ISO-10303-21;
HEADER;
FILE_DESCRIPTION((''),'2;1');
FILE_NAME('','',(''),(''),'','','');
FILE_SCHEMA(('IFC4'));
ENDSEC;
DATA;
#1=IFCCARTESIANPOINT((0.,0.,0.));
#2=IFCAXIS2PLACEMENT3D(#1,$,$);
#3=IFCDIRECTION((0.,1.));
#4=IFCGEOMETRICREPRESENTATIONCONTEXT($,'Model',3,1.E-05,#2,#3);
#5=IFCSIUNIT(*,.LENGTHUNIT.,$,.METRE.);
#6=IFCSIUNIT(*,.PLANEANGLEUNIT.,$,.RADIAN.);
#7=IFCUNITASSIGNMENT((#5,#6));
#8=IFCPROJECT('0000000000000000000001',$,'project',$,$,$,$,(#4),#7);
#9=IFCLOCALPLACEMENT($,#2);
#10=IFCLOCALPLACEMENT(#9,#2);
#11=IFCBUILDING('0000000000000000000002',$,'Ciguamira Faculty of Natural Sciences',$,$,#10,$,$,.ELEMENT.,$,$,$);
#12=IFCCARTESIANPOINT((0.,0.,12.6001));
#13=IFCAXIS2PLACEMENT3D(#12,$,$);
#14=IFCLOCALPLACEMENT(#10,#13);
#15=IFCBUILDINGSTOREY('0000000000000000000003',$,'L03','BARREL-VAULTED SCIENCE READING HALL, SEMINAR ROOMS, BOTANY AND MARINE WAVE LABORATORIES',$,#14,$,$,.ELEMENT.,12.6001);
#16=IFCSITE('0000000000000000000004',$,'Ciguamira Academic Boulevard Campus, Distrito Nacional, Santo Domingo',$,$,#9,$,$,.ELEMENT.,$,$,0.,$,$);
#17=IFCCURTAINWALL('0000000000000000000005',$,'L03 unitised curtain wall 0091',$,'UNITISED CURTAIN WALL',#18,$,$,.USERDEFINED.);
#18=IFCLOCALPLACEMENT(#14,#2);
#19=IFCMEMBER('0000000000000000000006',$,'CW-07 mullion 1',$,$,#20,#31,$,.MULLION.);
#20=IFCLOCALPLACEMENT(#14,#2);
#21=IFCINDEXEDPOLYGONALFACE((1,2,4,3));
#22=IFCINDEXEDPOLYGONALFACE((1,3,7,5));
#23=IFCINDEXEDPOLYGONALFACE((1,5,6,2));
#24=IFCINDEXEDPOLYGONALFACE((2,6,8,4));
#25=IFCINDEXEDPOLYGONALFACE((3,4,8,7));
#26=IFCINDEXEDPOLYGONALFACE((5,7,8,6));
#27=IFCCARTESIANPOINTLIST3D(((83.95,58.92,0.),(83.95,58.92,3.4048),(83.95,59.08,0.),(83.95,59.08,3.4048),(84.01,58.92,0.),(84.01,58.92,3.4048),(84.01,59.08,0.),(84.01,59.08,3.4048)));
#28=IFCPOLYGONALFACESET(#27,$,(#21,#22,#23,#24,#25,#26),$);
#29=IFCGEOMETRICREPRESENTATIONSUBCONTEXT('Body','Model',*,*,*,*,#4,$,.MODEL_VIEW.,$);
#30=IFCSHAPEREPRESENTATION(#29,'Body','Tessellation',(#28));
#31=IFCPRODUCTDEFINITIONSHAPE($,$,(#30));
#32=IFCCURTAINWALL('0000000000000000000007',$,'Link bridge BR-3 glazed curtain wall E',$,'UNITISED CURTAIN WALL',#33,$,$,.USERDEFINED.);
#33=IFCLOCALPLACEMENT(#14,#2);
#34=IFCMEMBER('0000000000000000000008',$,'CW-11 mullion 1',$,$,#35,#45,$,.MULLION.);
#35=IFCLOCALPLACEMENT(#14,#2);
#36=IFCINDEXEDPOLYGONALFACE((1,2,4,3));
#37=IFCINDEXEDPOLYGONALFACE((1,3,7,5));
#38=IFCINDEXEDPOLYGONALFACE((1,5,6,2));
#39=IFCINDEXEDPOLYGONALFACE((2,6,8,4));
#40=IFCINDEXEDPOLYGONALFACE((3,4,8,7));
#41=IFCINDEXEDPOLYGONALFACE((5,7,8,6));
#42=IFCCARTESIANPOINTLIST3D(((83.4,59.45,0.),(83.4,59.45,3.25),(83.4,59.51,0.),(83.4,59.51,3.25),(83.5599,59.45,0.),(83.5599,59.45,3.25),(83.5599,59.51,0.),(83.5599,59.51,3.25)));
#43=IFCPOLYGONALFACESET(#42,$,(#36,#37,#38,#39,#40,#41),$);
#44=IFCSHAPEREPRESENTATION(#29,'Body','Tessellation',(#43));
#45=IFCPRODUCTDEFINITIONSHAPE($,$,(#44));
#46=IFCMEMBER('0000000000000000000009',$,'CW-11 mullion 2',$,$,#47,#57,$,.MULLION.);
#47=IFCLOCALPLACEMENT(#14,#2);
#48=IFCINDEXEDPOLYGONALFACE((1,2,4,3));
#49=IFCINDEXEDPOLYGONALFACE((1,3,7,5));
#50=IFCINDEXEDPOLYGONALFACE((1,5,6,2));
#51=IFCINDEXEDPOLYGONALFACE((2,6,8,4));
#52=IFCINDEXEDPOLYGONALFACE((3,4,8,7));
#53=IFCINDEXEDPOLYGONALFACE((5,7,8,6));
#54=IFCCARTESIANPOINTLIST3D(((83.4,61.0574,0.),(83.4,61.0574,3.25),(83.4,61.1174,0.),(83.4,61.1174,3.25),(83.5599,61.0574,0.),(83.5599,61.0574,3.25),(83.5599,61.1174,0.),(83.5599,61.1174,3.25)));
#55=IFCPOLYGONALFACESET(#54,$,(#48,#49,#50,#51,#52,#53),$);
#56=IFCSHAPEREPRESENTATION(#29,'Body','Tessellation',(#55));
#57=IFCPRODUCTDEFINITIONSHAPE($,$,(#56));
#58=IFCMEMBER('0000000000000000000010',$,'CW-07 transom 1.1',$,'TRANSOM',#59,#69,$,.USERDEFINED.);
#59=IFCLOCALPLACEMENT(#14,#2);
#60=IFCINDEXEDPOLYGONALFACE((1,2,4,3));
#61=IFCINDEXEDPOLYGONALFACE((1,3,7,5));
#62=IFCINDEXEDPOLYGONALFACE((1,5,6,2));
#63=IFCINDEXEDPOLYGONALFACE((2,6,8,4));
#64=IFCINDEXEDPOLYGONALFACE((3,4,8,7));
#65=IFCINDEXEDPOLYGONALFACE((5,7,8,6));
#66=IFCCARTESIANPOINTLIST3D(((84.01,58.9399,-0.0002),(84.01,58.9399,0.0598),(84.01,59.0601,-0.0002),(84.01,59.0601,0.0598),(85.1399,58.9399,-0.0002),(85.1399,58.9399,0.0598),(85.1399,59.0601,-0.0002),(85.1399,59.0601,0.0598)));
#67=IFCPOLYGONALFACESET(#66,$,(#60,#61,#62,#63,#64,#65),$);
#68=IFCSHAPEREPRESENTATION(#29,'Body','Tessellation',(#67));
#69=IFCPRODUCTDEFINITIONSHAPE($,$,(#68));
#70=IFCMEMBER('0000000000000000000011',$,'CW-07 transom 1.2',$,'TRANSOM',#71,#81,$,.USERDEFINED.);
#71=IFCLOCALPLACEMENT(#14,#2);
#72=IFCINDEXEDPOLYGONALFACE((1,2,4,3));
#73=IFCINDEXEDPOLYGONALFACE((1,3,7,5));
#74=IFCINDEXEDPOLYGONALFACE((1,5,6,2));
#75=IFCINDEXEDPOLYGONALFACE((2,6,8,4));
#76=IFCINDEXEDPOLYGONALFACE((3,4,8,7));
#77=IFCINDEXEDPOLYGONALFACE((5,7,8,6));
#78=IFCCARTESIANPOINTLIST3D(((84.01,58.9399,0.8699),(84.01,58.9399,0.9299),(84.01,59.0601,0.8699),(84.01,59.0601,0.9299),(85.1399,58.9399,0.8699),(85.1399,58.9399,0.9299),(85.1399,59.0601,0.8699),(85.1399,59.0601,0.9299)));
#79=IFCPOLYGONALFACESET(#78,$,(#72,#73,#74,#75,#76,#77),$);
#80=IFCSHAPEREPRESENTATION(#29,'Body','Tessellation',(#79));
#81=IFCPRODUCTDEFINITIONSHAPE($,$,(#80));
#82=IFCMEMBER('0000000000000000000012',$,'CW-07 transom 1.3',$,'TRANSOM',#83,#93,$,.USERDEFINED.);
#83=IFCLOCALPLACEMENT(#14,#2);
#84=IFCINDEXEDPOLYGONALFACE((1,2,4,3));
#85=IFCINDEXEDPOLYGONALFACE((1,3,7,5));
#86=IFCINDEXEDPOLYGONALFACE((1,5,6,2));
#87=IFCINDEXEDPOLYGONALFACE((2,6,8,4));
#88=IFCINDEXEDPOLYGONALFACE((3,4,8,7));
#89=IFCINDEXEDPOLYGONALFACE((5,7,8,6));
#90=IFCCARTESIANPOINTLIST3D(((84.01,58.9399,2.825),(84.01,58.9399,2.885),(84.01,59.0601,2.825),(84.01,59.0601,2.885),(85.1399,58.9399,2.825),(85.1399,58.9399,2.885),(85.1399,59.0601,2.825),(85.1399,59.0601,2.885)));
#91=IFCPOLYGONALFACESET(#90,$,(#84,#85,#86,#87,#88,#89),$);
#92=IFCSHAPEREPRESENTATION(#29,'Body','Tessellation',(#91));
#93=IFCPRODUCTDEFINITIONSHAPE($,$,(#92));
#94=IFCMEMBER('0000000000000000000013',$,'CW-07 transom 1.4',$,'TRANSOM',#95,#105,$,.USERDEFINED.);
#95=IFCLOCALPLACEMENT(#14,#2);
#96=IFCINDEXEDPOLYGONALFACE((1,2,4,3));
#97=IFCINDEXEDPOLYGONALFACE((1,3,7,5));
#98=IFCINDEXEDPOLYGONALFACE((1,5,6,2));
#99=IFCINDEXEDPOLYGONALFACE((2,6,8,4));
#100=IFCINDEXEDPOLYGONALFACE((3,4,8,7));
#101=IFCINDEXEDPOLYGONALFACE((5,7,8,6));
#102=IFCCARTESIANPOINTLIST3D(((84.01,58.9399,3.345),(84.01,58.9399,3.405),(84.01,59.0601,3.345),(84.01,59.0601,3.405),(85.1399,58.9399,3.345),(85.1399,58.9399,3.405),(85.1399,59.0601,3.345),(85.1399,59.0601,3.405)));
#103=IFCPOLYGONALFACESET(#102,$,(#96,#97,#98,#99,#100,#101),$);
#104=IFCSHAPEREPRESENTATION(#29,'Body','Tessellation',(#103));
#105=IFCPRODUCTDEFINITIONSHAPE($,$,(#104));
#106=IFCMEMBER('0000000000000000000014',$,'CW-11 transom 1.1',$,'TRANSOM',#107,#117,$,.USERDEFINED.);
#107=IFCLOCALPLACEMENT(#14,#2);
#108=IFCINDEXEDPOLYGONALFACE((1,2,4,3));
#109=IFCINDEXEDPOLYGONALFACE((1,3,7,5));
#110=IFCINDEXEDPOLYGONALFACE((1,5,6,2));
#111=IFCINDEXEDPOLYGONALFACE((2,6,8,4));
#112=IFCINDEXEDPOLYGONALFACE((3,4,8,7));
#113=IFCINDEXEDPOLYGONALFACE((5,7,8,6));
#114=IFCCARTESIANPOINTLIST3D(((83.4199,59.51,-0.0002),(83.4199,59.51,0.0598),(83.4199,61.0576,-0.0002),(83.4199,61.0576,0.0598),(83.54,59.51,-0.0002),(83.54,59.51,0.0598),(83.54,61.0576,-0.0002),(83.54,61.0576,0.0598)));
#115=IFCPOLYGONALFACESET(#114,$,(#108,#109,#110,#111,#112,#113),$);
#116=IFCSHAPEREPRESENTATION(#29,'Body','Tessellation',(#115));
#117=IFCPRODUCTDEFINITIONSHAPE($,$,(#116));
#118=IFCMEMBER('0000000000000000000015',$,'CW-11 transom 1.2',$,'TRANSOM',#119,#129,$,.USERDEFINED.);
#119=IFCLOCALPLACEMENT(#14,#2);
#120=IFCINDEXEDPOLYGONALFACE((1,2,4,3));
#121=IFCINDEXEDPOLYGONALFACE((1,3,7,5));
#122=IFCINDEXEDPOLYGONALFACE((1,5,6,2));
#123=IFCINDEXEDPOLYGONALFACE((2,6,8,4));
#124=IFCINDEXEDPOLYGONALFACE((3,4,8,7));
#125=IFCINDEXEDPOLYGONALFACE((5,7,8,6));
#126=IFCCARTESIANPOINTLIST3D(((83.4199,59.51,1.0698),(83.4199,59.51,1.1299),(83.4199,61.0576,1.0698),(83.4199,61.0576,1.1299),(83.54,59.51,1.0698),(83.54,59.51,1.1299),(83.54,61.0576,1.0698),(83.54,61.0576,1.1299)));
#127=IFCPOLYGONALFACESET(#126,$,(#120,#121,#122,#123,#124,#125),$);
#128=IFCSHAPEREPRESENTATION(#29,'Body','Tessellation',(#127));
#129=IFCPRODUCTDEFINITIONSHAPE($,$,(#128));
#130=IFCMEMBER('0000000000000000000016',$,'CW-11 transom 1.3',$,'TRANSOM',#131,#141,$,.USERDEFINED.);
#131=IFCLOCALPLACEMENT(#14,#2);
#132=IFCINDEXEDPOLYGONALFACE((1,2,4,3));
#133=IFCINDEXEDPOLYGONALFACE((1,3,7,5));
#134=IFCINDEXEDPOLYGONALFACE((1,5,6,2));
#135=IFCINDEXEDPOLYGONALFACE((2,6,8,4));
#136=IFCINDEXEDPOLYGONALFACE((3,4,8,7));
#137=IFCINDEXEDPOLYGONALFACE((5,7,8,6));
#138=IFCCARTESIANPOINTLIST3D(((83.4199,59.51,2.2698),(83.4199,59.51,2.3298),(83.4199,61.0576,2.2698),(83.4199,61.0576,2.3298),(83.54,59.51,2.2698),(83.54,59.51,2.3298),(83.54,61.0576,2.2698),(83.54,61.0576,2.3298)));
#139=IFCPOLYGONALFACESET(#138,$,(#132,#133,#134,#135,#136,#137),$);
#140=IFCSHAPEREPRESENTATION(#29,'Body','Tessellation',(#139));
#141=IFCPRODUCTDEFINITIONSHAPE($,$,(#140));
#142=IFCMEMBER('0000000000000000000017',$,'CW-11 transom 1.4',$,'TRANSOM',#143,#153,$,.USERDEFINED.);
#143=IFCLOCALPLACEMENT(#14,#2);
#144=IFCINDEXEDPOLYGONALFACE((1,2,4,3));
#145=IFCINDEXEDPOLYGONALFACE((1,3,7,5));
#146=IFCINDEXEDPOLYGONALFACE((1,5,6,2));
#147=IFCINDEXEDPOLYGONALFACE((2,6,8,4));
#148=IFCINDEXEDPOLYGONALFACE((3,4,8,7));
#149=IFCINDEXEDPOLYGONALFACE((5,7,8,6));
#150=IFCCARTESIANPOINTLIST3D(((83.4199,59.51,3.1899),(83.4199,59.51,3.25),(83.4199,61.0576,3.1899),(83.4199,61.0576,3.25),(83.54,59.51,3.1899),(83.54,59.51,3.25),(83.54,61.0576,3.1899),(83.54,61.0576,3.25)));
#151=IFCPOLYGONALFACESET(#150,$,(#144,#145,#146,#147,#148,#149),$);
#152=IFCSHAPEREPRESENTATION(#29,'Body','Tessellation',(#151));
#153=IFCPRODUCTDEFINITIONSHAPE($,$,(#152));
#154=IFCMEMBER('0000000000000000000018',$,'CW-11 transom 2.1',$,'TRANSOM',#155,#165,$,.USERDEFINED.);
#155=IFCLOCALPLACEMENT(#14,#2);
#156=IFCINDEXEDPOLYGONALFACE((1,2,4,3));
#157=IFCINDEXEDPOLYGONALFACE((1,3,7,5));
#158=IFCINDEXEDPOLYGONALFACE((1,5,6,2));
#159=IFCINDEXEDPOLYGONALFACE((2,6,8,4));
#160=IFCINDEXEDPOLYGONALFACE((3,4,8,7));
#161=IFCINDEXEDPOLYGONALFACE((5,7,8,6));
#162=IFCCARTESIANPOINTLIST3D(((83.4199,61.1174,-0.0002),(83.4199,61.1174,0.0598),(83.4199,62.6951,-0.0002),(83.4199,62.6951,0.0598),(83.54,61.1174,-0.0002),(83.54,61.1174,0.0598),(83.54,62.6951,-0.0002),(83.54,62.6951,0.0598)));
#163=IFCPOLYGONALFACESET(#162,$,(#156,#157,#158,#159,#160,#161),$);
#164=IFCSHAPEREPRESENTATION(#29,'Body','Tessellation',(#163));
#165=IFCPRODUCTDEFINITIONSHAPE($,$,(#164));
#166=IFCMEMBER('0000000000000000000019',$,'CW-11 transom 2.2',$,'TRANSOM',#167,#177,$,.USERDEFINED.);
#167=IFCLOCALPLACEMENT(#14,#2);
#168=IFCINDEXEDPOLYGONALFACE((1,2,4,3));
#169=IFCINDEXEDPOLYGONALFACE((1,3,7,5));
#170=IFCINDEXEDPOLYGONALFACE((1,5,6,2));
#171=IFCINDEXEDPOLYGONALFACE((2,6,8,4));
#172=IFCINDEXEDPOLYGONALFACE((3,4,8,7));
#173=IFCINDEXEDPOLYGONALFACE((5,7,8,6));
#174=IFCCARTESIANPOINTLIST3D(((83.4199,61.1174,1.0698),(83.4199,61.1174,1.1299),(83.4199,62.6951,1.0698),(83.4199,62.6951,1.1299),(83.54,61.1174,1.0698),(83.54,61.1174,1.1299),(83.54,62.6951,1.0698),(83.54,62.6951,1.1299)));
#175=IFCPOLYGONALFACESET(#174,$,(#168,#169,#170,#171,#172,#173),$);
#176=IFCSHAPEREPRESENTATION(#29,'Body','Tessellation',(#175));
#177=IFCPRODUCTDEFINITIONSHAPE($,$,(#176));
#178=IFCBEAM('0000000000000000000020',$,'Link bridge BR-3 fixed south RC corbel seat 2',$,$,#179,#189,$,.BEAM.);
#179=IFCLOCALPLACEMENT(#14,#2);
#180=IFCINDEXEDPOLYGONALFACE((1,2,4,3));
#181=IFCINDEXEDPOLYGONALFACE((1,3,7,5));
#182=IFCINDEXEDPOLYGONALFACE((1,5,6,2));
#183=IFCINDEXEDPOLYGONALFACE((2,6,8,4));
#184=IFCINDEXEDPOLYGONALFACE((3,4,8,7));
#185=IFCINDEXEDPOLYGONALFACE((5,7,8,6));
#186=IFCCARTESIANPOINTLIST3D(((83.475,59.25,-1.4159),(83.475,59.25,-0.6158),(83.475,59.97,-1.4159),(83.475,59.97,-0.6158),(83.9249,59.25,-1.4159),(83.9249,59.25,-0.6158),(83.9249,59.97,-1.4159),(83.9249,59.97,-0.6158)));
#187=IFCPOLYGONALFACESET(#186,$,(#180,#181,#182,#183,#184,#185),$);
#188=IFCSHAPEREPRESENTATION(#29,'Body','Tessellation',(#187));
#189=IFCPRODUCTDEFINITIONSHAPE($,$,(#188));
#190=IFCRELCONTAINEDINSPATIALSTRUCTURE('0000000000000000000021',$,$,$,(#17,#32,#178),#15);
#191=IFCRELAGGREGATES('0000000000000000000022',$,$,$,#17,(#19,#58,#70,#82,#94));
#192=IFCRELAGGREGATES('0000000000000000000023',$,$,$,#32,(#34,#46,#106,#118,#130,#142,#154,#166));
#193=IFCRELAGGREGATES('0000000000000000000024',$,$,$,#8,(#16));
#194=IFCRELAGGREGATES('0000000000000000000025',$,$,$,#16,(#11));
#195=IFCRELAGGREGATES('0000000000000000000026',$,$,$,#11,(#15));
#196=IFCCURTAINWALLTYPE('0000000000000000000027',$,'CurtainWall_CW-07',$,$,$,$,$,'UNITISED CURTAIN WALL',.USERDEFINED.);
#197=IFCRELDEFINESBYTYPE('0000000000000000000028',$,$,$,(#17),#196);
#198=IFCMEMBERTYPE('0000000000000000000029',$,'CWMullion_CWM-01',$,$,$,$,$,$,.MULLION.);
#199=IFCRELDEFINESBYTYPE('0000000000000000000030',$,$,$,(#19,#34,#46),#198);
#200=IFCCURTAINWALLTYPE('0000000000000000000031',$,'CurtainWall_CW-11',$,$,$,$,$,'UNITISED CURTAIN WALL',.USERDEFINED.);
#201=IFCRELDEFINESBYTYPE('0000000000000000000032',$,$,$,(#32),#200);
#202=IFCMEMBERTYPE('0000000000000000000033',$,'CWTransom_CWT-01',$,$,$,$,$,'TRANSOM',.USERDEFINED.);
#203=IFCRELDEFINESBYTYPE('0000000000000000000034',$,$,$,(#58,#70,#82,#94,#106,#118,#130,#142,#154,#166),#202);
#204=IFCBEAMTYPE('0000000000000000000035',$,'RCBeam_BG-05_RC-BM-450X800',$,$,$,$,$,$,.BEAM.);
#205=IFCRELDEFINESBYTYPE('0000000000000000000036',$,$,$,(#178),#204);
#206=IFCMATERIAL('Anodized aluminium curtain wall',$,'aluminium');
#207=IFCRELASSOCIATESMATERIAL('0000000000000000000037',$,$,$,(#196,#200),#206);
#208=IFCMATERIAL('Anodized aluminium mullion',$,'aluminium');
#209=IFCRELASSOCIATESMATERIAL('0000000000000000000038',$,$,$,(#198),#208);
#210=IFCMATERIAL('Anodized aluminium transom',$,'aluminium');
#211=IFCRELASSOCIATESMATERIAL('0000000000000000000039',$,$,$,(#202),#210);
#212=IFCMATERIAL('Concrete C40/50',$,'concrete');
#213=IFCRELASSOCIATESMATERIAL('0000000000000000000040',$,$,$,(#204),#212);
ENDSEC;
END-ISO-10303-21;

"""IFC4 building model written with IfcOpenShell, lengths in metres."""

from ifc_helpers import new_model, si_unit, direction, frame, origin, origin_2d, place, context, subcontext, project, spatial, rectangle, extrude, material, material_profile, profile_set, type_object, element, aggregate, save


model = new_model("IFC4")

# Units and contexts
model_context = context("Model", 3, precision=1e-05, world=origin(), true_north=direction((0.0, 1.0)))
body_context = subcontext(model_context, "Body", "Model", "MODEL_VIEW")
ifc_project = project(units=[si_unit("LENGTHUNIT", "METRE"), si_unit("PLANEANGLEUNIT", "RADIAN")], contexts=[model_context])

# Site, building, storey
site_placement = place(None, origin())
site = spatial("IfcSite", under=ifc_project, at=site_placement, Name="Ciguamira Academic Boulevard Campus, Distrito Nacional, Santo Domingo", CompositionType="ELEMENT", RefElevation=0.0)
building_placement = place(site_placement, origin())
building = spatial("IfcBuilding", under=site, at=building_placement, Name="Ciguamira Faculty of Natural Sciences", CompositionType="ELEMENT")
storey_placement = place(building_placement, frame((0.0, 0.0, 12.6001)))
storey = spatial("IfcBuildingStorey", under=building, at=storey_placement, Name="L03", Description="BARREL-VAULTED SCIENCE READING HALL, SEMINAR ROOMS, BOTANY AND MARINE WAVE LABORATORIES", CompositionType="ELEMENT", Elevation=12.6001)

# Curtain wall, member
ifc_material_1 = material(Name="Anodized aluminium curtain wall", Category="aluminium")
curtain_wall_type_1 = type_object("IfcCurtainWallType", Name="CurtainWall_CW-07", ElementType="UNITISED CURTAIN WALL", PredefinedType="USERDEFINED", material=ifc_material_1)
curtain_wall_1_placement = place(storey_placement, origin())
curtain_wall_1 = element("IfcCurtainWall", 1, at=curtain_wall_1_placement, inside=storey, type_object=curtain_wall_type_1, Name="L03 unitised curtain wall 0091", ObjectType="UNITISED CURTAIN WALL", PredefinedType="USERDEFINED")
ifc_material_2 = material(Name="Anodized aluminium mullion", Category="aluminium")
ifc_material_profile_1 = material_profile(ifc_material_2, rectangle(XDim=0.0601, YDim=0.1599, at=origin_2d()), Name="ALU-MUL-60X160")
ifc_profile_set_1 = profile_set([ifc_material_profile_1], Name="Anodized aluminium mullion")
member_type_1 = type_object("IfcMemberType", Name="CWMullion_CWM-01", PredefinedType="MULLION", material=ifc_profile_set_1)
member_1_placement = place(storey_placement, frame((83.98, 59.0, 0.0), z_axis=(0.0, 0.0, 1.0), x_axis=(1.0, 0.0, 0.0)))
member_1 = element("IfcMember", 2, at=member_1_placement, type_object=member_type_1, Name="CW-07 mullion 1", PredefinedType="MULLION", context=body_context, shape_type="SweptSolid", body=[
    extrude(rectangle(XDim=0.0601, YDim=0.1599, at=origin_2d()), origin(), (0.0, 0.0, 1.0), 3.4048),
])

# Curtain wall, members
curtain_wall_type_2 = type_object("IfcCurtainWallType", Name="CurtainWall_CW-11", ElementType="UNITISED CURTAIN WALL", PredefinedType="USERDEFINED", material=ifc_material_1)
curtain_wall_2_placement = place(storey_placement, origin())
curtain_wall_2 = element("IfcCurtainWall", 3, at=curtain_wall_2_placement, inside=storey, type_object=curtain_wall_type_2, Name="Link bridge BR-3 glazed curtain wall E", ObjectType="UNITISED CURTAIN WALL", PredefinedType="USERDEFINED")
member_2_placement = place(storey_placement, frame((83.48, 59.48, 0.0), z_axis=(0.0, 0.0, 1.0), x_axis=(0.0, 1.0, 0.0)))
member_2 = element("IfcMember", 4, at=member_2_placement, type_object=member_type_1, Name="CW-11 mullion 1", PredefinedType="MULLION", context=body_context, shape_type="SweptSolid", body=[
    extrude(rectangle(XDim=0.0601, YDim=0.1599, at=origin_2d()), origin(), (0.0, 0.0, 1.0), 3.25),
])
member_3_placement = place(storey_placement, frame((83.48, 61.0874, 0.0), z_axis=(0.0, 0.0, 1.0), x_axis=(0.0, 1.0, 0.0)))
member_3 = element("IfcMember", 5, at=member_3_placement, type_object=member_type_1, Name="CW-11 mullion 2", PredefinedType="MULLION", context=body_context, shape_type="SweptSolid", body=[
    extrude(rectangle(XDim=0.0601, YDim=0.1599, at=origin_2d()), origin(), (0.0, 0.0, 1.0), 3.25),
])

# Members
ifc_material_3 = material(Name="Anodized aluminium transom", Category="aluminium")
ifc_material_profile_2 = material_profile(ifc_material_3, rectangle(XDim=0.0601, YDim=0.1201, at=origin_2d()), Name="ALU-TRN-60X120")
ifc_profile_set_2 = profile_set([ifc_material_profile_2], Name="Anodized aluminium transom")
member_type_2 = type_object("IfcMemberType", Name="CWTransom_CWT-01", ElementType="TRANSOM", PredefinedType="USERDEFINED", material=ifc_profile_set_2)
member_4_placement = place(storey_placement, frame((84.01, 59.0, 0.0298), z_axis=(1.0, 0.0, 0.0), x_axis=(0.0, 0.0, 1.0)))
member_4 = element("IfcMember", 6, at=member_4_placement, type_object=member_type_2, Name="CW-07 transom 1.1", ObjectType="TRANSOM", PredefinedType="USERDEFINED", context=body_context, shape_type="SweptSolid", body=[
    extrude(rectangle(XDim=0.0601, YDim=0.1201, at=origin_2d()), origin(), (0.0, 0.0, 1.0), 1.1299),
])
member_5_placement = place(storey_placement, frame((84.01, 59.0, 0.8999), z_axis=(1.0, 0.0, 0.0), x_axis=(0.0, 0.0, 1.0)))
member_5 = element("IfcMember", 7, at=member_5_placement, type_object=member_type_2, Name="CW-07 transom 1.2", ObjectType="TRANSOM", PredefinedType="USERDEFINED", context=body_context, shape_type="SweptSolid", body=[
    extrude(rectangle(XDim=0.0601, YDim=0.1201, at=origin_2d()), origin(), (0.0, 0.0, 1.0), 1.1299),
])
member_6_placement = place(storey_placement, frame((84.01, 59.0, 2.855), z_axis=(1.0, 0.0, 0.0), x_axis=(0.0, 0.0, 1.0)))
member_6 = element("IfcMember", 8, at=member_6_placement, type_object=member_type_2, Name="CW-07 transom 1.3", ObjectType="TRANSOM", PredefinedType="USERDEFINED", context=body_context, shape_type="SweptSolid", body=[
    extrude(rectangle(XDim=0.0601, YDim=0.1201, at=origin_2d()), origin(), (0.0, 0.0, 1.0), 1.1299),
])
member_7_placement = place(storey_placement, frame((84.01, 59.0, 3.375), z_axis=(1.0, 0.0, 0.0), x_axis=(0.0, 0.0, 1.0)))
member_7 = element("IfcMember", 9, at=member_7_placement, type_object=member_type_2, Name="CW-07 transom 1.4", ObjectType="TRANSOM", PredefinedType="USERDEFINED", context=body_context, shape_type="SweptSolid", body=[
    extrude(rectangle(XDim=0.0601, YDim=0.1201, at=origin_2d()), origin(), (0.0, 0.0, 1.0), 1.1299),
])
member_8_placement = place(storey_placement, frame((83.48, 59.51, 0.0298), z_axis=(0.0, 1.0, 0.0), x_axis=(0.0, 0.0, 1.0)))
member_8 = element("IfcMember", 10, at=member_8_placement, type_object=member_type_2, Name="CW-11 transom 1.1", ObjectType="TRANSOM", PredefinedType="USERDEFINED", context=body_context, shape_type="SweptSolid", body=[
    extrude(rectangle(XDim=0.0601, YDim=0.1201, at=origin_2d()), origin(), (0.0, 0.0, 1.0), 1.5476),
])
member_9_placement = place(storey_placement, frame((83.48, 59.51, 1.0999), z_axis=(0.0, 1.0, 0.0), x_axis=(0.0, 0.0, 1.0)))
member_9 = element("IfcMember", 11, at=member_9_placement, type_object=member_type_2, Name="CW-11 transom 1.2", ObjectType="TRANSOM", PredefinedType="USERDEFINED", context=body_context, shape_type="SweptSolid", body=[
    extrude(rectangle(XDim=0.0601, YDim=0.1201, at=origin_2d()), origin(), (0.0, 0.0, 1.0), 1.5476),
])
member_10_placement = place(storey_placement, frame((83.48, 59.51, 2.2998), z_axis=(0.0, 1.0, 0.0), x_axis=(0.0, 0.0, 1.0)))
member_10 = element("IfcMember", 12, at=member_10_placement, type_object=member_type_2, Name="CW-11 transom 1.3", ObjectType="TRANSOM", PredefinedType="USERDEFINED", context=body_context, shape_type="SweptSolid", body=[
    extrude(rectangle(XDim=0.0601, YDim=0.1201, at=origin_2d()), origin(), (0.0, 0.0, 1.0), 1.5476),
])
member_11_placement = place(storey_placement, frame((83.48, 59.51, 3.22), z_axis=(0.0, 1.0, 0.0), x_axis=(0.0, 0.0, 1.0)))
member_11 = element("IfcMember", 13, at=member_11_placement, type_object=member_type_2, Name="CW-11 transom 1.4", ObjectType="TRANSOM", PredefinedType="USERDEFINED", context=body_context, shape_type="SweptSolid", body=[
    extrude(rectangle(XDim=0.0601, YDim=0.1201, at=origin_2d()), origin(), (0.0, 0.0, 1.0), 1.5476),
])
member_12_placement = place(storey_placement, frame((83.48, 61.1174, 0.0298), z_axis=(0.0, 1.0, 0.0), x_axis=(0.0, 0.0, 1.0)))
member_12 = element("IfcMember", 14, at=member_12_placement, type_object=member_type_2, Name="CW-11 transom 2.1", ObjectType="TRANSOM", PredefinedType="USERDEFINED", context=body_context, shape_type="SweptSolid", body=[
    extrude(rectangle(XDim=0.0601, YDim=0.1201, at=origin_2d()), origin(), (0.0, 0.0, 1.0), 1.5776),
])
member_13_placement = place(storey_placement, frame((83.48, 61.1174, 1.0999), z_axis=(0.0, 1.0, 0.0), x_axis=(0.0, 0.0, 1.0)))
member_13 = element("IfcMember", 15, at=member_13_placement, type_object=member_type_2, Name="CW-11 transom 2.2", ObjectType="TRANSOM", PredefinedType="USERDEFINED", context=body_context, shape_type="SweptSolid", body=[
    extrude(rectangle(XDim=0.0601, YDim=0.1201, at=origin_2d()), origin(), (0.0, 0.0, 1.0), 1.5776),
])

# Beam
ifc_material_4 = material(Name="Concrete C40/50", Category="concrete")
ifc_material_profile_3 = material_profile(ifc_material_4, rectangle(XDim=0.45, YDim=0.8, at=origin_2d()), Name="RC-BM-450X800")
ifc_profile_set_3 = profile_set([ifc_material_profile_3], Name="Concrete C40/50")
beam_type = type_object("IfcBeamType", Name="RCBeam_BG-05_RC-BM-450X800", PredefinedType="BEAM", material=ifc_profile_set_3)
beam_placement = place(storey_placement, frame((83.7, 59.25, -1.0159), z_axis=(0.0, 1.0, 0.0), x_axis=(-1.0, 0.0, 0.0)))
element("IfcBeam", 16, at=beam_placement, inside=storey, type_object=beam_type, Name="Link bridge BR-3 fixed south RC corbel seat 2", PredefinedType="BEAM", context=body_context, shape_type="SweptSolid", body=[
    extrude(rectangle(XDim=0.45, YDim=0.8, at=origin_2d()), origin(), (0.0, 0.0, 1.0), 0.72),
])

aggregate(curtain_wall_1, [member_1, member_4, member_5, member_6, member_7])
aggregate(curtain_wall_2, [member_2, member_3, member_8, member_9, member_10, member_11, member_12, member_13])

save(model, "model.ifc")
